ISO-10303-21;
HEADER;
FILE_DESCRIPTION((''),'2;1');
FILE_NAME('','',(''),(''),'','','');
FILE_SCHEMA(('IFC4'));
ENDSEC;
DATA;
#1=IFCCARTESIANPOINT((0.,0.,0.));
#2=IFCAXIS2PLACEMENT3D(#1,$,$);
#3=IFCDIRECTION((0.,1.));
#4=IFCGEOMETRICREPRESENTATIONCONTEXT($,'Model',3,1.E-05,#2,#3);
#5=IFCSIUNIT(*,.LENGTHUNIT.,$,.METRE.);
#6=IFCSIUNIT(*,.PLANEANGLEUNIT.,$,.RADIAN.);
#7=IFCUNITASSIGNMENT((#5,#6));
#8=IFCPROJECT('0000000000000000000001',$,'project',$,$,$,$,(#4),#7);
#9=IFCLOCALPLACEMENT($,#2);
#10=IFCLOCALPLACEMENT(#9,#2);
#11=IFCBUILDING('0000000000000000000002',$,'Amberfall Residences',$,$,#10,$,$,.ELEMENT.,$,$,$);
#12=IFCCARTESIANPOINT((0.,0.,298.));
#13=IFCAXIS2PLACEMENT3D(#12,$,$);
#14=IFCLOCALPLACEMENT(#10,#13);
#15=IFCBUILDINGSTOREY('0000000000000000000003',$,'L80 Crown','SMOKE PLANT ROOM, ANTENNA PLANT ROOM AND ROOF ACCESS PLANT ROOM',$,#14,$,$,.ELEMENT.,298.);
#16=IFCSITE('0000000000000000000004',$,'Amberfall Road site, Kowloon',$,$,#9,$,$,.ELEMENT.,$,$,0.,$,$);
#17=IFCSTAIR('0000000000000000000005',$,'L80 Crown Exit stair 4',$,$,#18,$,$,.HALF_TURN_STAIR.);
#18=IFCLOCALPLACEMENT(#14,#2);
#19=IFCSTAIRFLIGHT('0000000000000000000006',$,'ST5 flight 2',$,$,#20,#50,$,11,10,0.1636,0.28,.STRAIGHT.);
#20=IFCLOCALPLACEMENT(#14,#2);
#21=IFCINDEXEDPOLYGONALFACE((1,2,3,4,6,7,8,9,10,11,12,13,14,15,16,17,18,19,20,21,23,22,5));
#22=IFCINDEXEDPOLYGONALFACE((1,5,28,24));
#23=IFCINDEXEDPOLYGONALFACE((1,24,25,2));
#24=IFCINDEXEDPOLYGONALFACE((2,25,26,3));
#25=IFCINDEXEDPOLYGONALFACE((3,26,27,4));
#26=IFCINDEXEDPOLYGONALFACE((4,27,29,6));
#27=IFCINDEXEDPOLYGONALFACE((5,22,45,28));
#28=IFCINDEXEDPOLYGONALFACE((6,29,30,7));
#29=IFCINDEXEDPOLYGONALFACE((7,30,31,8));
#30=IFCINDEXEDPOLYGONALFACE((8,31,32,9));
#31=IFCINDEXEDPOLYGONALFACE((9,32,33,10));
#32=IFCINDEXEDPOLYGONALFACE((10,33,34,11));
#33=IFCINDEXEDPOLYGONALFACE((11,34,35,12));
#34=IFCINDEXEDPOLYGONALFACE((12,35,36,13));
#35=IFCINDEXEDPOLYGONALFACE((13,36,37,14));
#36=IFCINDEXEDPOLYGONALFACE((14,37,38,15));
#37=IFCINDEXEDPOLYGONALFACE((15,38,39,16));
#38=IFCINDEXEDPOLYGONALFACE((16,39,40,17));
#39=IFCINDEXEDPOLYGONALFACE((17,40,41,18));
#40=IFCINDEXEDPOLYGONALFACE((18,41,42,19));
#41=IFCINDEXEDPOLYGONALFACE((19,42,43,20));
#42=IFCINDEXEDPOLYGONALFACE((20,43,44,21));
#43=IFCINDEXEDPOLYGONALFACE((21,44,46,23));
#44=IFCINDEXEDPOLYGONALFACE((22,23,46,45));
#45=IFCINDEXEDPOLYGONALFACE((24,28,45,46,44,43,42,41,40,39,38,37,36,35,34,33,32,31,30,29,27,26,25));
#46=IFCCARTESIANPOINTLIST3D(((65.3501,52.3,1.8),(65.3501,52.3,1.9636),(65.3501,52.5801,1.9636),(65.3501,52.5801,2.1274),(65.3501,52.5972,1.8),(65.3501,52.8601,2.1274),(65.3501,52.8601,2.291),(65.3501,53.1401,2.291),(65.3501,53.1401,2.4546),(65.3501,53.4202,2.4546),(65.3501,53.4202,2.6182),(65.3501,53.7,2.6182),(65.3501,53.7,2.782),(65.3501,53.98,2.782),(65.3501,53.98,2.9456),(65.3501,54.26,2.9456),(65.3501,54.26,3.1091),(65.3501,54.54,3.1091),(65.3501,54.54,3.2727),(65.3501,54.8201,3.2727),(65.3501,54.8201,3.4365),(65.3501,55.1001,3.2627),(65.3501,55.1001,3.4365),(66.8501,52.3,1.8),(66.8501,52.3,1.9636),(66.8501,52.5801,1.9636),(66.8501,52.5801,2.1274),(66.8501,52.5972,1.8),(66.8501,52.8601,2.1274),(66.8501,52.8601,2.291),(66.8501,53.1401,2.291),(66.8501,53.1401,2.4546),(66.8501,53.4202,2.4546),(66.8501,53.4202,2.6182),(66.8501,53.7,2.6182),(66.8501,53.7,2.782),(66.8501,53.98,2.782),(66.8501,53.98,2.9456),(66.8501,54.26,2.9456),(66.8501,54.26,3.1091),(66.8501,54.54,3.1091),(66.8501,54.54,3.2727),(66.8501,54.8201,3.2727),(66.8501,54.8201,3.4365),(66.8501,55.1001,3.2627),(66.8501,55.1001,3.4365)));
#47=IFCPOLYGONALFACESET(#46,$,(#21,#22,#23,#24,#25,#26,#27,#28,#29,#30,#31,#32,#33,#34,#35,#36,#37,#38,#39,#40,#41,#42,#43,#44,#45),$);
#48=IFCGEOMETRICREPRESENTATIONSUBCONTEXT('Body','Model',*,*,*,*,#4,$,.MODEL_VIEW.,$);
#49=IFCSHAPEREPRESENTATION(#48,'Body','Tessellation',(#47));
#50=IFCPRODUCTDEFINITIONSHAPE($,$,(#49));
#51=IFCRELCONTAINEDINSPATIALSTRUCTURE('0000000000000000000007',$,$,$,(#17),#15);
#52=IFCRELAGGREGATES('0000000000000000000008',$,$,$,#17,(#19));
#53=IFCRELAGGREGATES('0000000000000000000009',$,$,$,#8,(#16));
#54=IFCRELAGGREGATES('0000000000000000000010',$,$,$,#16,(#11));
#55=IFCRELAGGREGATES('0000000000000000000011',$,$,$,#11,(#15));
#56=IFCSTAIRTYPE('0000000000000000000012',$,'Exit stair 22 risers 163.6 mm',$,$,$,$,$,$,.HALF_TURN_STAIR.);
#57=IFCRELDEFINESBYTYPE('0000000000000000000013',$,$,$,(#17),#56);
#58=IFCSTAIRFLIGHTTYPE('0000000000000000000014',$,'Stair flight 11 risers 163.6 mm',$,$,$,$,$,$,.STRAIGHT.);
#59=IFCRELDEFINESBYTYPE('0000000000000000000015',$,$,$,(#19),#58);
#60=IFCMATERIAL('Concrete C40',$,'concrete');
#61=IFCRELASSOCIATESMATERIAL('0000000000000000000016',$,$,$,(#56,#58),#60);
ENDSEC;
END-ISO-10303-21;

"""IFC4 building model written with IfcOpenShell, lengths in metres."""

from ifc_helpers import new_model, si_unit, direction, frame, origin, place, context, subcontext, project, spatial, polyline, outline, extrude, material, type_object, element, aggregate, save


model = new_model("IFC4")

# Units and contexts
model_context = context("Model", 3, precision=1e-05, world=origin(), true_north=direction((0.0, 1.0)))
body_context = subcontext(model_context, "Body", "Model", "MODEL_VIEW")
ifc_project = project(units=[si_unit("LENGTHUNIT", "METRE"), si_unit("PLANEANGLEUNIT", "RADIAN")], contexts=[model_context])

# Site, building, storey
site_placement = place(None, origin())
site = spatial("IfcSite", under=ifc_project, at=site_placement, Name="Amberfall Road site, Kowloon", CompositionType="ELEMENT", RefElevation=0.0)
building_placement = place(site_placement, origin())
building = spatial("IfcBuilding", under=site, at=building_placement, Name="Amberfall Residences", CompositionType="ELEMENT")
storey_placement = place(building_placement, frame((0.0, 0.0, 298.0)))
storey = spatial("IfcBuildingStorey", under=building, at=storey_placement, Name="L80 Crown", Description="SMOKE PLANT ROOM, ANTENNA PLANT ROOM AND ROOF ACCESS PLANT ROOM", CompositionType="ELEMENT", Elevation=298.0)

# Stair, stair flight
ifc_material_1 = material(Name="Concrete C40", Category="concrete")
stair_type = type_object("IfcStairType", Name="Exit stair 22 risers 163.6 mm", PredefinedType="HALF_TURN_STAIR", material=ifc_material_1)
stair_placement = place(storey_placement, origin())
stair = element("IfcStair", 1, at=stair_placement, inside=storey, type_object=stair_type, Name="L80 Crown Exit stair 4", PredefinedType="HALF_TURN_STAIR")
stair_flight_type = type_object("IfcStairFlightType", Name="Stair flight 11 risers 163.6 mm", PredefinedType="STRAIGHT", material=ifc_material_1)
stair_flight_1_placement = place(storey_placement, frame((66.1001, 52.3, 1.8), z_axis=(0.0, 0.0, 1.0), x_axis=(0.0, 1.0, 0.0)))
stair_flight_1 = element("IfcStairFlight", 2, at=stair_flight_1_placement, type_object=stair_flight_type, Name="ST5 flight 2", NumberOfRisers=11, NumberOfTreads=10, PredefinedType="STRAIGHT", RiserHeight=0.1636, TreadLength=0.28, context=body_context, shape_type="SweptSolid", body=[
    extrude(outline(polyline([(0.0, 0.0), (0.0, 0.1636), (0.28, 0.1636), (0.28, 0.3274), (0.5601, 0.3274), (0.5601, 0.491), (0.8401, 0.491), (0.8401, 0.6545), (1.1201, 0.6545), (1.1201, 0.8181), (1.3999, 0.8181), (1.3999, 0.9819), (1.6799, 0.9819), (1.6799, 1.1455), (1.96, 1.1455), (1.96, 1.3091), (2.24, 1.3091), (2.24, 1.4727), (2.52, 1.4727), (2.52, 1.6365), (2.8, 1.6365), (2.8, 1.8), (2.8, 1.4626), (0.2971, 0.0), (0.0, 0.0)])), frame((0.0, 0.75, 0.0), z_axis=(0.0, -1.0, 0.0), x_axis=(1.0, 0.0, 0.0)), (0.0, 0.0, 1.0), 1.5),
])
aggregate(stair, [stair_flight_1])

save(model, "model.ifc")
